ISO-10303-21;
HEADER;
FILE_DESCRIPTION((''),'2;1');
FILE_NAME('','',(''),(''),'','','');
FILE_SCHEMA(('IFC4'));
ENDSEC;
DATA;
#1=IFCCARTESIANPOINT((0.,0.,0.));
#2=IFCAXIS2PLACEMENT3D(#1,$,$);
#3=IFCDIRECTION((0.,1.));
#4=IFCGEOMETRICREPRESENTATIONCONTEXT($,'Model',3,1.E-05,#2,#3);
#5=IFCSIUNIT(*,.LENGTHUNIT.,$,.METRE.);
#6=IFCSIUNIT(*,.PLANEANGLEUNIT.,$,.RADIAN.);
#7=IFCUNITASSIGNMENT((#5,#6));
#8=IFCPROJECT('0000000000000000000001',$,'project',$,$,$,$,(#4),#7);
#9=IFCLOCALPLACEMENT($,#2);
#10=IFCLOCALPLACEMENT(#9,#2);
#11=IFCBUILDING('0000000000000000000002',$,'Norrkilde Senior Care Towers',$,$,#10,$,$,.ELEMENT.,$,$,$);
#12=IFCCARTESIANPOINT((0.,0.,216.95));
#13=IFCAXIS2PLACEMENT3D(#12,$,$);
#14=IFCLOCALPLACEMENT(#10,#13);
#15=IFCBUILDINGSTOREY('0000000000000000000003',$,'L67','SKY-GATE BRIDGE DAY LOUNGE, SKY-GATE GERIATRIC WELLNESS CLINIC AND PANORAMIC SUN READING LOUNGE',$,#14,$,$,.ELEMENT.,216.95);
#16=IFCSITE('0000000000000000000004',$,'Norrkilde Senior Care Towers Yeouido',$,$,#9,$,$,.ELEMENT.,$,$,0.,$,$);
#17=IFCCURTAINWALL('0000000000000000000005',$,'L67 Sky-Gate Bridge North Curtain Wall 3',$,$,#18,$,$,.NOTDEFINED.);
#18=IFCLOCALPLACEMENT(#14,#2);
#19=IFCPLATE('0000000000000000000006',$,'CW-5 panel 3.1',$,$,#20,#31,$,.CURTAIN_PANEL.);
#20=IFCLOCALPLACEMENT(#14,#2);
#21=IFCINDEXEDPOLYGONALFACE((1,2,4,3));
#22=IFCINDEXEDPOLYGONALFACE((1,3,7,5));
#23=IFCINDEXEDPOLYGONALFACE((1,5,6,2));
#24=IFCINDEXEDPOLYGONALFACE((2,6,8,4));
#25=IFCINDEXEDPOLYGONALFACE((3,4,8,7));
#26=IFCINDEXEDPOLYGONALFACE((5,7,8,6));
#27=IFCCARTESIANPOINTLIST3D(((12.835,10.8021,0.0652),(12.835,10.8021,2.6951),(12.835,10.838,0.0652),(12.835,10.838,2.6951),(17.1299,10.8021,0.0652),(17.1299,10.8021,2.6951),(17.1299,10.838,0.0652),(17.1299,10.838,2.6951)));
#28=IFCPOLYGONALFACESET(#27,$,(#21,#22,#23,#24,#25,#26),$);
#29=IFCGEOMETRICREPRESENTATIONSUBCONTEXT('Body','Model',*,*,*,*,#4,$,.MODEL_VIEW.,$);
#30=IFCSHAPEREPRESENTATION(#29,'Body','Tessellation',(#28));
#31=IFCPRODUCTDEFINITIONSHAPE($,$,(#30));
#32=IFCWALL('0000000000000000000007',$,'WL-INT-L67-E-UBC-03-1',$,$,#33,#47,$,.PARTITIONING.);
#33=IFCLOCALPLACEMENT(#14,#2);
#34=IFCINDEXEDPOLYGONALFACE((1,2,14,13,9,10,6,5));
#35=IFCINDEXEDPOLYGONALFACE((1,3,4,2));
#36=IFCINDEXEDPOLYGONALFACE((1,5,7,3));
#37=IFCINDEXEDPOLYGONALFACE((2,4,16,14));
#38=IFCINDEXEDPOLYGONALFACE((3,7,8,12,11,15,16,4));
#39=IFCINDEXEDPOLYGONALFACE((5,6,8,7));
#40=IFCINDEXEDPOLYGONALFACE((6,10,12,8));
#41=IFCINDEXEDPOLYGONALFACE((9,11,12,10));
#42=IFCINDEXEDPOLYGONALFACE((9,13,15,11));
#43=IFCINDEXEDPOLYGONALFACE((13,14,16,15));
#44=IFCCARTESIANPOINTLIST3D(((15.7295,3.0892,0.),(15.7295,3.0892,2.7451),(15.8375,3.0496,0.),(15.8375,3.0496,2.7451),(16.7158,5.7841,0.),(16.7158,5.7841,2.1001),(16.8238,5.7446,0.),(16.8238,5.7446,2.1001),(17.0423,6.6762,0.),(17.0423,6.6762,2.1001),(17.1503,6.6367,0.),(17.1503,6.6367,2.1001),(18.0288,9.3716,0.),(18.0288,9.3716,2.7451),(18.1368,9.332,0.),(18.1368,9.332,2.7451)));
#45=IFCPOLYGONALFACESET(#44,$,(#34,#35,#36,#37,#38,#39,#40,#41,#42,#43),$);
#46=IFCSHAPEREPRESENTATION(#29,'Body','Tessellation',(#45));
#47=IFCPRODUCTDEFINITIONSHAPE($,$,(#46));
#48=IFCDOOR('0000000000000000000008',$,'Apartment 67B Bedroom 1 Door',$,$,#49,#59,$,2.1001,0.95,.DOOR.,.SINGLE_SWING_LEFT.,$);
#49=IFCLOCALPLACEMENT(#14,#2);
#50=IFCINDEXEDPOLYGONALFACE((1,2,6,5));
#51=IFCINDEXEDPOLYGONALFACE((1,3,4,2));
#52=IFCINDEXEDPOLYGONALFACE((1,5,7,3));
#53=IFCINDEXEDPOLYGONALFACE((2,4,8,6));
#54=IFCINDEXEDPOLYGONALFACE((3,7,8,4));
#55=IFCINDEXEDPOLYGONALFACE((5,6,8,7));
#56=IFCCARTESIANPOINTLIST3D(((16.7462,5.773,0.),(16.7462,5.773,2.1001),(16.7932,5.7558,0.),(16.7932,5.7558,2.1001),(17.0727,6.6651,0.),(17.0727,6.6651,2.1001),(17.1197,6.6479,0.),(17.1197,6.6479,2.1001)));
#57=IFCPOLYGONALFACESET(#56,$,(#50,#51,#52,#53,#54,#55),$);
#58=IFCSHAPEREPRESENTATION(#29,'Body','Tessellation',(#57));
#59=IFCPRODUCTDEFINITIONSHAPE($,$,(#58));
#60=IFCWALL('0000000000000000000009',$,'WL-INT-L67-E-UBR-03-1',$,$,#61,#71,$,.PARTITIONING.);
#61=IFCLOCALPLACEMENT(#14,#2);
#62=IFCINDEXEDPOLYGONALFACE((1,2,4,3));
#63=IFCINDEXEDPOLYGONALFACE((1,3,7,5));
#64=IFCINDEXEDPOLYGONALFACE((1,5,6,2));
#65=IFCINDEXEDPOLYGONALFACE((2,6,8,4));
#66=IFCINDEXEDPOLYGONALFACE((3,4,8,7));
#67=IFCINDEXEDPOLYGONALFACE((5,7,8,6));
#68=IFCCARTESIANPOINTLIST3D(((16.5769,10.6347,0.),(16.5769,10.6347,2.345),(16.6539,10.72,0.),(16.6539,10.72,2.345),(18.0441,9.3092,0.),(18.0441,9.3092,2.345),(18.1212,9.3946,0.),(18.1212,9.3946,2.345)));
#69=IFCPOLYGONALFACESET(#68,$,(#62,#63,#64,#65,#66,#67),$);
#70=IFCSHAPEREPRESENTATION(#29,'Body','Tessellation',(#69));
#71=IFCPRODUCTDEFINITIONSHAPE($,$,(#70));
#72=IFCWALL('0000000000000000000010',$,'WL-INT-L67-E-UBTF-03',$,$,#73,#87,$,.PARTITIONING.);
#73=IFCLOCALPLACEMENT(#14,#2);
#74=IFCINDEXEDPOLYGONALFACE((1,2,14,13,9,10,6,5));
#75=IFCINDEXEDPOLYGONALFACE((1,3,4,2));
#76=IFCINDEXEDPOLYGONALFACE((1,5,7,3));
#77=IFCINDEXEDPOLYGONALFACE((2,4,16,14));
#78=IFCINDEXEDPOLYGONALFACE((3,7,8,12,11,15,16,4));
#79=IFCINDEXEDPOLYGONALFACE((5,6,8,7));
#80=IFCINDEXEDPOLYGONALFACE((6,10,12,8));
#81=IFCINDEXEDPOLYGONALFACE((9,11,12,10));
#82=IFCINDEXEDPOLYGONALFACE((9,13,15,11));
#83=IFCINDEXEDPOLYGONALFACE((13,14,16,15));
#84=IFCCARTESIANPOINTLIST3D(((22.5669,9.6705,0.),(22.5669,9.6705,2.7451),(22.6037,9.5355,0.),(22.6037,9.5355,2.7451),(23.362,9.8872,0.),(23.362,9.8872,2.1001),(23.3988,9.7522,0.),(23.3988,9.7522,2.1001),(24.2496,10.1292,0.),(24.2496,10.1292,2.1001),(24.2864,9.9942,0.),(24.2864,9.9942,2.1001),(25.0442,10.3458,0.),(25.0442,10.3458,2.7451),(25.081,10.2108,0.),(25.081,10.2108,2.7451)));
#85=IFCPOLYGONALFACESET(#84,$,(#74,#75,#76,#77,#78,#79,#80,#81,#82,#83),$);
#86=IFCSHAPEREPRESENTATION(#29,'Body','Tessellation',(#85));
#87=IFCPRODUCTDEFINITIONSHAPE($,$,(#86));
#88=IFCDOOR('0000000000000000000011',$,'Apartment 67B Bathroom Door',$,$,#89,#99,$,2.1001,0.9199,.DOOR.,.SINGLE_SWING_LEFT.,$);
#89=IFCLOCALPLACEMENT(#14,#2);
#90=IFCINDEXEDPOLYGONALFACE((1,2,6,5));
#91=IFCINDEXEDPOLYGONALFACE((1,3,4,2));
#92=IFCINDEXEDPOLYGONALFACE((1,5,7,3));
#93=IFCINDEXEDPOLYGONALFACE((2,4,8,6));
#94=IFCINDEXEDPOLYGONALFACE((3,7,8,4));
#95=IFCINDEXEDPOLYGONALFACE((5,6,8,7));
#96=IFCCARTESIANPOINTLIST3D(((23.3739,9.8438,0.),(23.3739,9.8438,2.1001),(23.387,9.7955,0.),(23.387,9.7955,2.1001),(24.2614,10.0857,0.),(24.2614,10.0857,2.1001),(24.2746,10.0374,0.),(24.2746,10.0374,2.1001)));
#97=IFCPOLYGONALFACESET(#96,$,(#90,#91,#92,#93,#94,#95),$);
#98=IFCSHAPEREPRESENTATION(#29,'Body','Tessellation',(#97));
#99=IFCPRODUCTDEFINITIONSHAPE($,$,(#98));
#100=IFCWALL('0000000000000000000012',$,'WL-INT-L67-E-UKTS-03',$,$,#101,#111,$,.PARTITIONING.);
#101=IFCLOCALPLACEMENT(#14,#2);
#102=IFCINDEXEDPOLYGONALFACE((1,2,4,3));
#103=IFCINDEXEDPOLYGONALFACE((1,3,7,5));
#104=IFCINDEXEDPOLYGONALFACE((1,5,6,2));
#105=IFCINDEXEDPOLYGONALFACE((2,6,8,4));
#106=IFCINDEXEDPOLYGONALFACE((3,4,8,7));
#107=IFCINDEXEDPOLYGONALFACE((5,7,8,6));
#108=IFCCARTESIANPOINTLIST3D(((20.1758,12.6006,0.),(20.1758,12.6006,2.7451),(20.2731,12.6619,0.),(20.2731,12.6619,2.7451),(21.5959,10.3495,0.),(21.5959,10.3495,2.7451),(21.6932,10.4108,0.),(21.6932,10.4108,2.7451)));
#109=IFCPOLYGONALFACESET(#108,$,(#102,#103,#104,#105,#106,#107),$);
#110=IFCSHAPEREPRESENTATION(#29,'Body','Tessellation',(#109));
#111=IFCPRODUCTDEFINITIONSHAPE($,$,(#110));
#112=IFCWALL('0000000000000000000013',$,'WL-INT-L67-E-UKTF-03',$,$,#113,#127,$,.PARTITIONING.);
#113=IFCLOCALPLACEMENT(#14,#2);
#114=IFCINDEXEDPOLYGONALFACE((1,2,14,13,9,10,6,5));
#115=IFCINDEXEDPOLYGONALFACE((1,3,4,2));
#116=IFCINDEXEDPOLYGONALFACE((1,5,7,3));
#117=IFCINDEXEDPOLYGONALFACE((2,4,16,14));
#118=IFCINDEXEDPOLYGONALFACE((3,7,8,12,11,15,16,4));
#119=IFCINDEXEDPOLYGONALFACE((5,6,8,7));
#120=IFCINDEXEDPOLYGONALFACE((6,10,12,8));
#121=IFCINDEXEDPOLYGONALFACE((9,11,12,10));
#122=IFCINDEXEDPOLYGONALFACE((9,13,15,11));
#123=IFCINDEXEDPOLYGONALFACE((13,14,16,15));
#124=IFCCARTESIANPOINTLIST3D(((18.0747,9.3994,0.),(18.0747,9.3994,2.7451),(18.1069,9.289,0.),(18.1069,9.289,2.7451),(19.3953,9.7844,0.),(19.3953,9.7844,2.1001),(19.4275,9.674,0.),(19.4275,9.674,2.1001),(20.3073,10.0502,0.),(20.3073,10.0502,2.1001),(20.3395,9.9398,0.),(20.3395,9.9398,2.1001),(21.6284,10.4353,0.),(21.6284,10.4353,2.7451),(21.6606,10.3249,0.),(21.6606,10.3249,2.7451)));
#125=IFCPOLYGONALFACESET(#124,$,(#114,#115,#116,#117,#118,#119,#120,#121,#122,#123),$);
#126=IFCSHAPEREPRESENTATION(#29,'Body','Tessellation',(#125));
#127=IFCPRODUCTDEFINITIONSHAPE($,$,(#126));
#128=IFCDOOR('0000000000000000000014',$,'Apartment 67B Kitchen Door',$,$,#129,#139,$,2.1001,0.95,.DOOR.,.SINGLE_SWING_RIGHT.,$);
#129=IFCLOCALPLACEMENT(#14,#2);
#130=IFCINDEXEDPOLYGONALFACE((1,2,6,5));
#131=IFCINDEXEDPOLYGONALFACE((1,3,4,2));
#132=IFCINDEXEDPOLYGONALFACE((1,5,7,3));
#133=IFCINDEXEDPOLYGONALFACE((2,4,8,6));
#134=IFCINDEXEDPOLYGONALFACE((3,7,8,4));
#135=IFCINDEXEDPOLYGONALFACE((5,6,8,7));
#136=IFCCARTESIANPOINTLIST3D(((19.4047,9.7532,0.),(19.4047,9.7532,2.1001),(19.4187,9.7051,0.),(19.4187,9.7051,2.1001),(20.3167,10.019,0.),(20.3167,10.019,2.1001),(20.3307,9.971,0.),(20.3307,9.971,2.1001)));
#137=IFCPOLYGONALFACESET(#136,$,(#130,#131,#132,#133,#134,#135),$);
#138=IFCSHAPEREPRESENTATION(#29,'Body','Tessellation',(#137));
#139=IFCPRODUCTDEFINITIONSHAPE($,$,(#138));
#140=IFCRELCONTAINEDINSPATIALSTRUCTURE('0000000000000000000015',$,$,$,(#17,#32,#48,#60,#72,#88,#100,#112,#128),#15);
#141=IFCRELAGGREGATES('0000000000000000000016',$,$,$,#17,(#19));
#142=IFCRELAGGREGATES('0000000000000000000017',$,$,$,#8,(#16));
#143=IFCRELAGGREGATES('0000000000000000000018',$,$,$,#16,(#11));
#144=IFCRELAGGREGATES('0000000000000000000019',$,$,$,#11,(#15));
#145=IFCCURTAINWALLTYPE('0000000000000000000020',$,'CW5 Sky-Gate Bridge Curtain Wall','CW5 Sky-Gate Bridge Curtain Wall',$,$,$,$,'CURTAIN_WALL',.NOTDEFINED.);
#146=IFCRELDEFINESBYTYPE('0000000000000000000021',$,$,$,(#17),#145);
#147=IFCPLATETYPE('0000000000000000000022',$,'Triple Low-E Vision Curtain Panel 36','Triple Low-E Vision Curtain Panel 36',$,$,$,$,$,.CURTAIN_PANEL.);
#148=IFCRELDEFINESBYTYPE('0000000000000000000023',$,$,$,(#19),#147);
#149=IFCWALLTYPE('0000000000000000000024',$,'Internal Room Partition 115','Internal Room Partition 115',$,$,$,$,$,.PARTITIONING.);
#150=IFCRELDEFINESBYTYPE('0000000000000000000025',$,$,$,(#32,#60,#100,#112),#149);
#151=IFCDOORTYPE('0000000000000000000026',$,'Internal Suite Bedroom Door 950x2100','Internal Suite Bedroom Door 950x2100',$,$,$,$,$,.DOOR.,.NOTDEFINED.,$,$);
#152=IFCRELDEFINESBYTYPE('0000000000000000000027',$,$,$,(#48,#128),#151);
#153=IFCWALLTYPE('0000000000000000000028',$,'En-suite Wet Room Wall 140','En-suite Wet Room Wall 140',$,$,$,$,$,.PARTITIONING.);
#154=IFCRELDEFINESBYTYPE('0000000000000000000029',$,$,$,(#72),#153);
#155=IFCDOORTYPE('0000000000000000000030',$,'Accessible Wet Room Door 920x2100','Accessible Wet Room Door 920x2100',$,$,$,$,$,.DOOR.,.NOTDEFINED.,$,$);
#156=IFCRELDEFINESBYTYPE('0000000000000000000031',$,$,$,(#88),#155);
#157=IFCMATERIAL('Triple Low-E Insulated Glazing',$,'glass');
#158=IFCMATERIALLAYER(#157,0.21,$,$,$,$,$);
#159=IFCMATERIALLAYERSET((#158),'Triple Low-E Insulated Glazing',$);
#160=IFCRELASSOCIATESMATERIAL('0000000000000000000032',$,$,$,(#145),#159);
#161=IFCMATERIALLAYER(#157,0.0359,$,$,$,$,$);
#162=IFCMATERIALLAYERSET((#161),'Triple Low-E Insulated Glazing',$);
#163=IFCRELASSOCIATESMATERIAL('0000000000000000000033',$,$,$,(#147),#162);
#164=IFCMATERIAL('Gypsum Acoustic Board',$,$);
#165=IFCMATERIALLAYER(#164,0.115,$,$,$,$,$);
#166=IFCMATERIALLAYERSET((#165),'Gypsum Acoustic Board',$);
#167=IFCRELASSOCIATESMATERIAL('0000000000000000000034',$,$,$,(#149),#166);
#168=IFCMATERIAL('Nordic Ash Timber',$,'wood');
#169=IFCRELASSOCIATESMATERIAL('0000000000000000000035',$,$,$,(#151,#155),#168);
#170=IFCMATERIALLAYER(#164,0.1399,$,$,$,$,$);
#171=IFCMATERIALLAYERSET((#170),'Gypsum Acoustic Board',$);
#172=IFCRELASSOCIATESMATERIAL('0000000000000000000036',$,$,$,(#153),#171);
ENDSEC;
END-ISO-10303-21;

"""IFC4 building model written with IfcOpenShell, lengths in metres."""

from ifc_helpers import new_model, si_unit, direction, frame, frame_2d, origin, origin_2d, place, context, subcontext, project, spatial, rectangle, extrude, source, transform, mapped, material, layer, layer_set, type_object, type_shapes, element, fill, aggregate, save


model = new_model("IFC4")

# Units and contexts
model_context = context("Model", 3, precision=1e-05, world=origin(), true_north=direction((0.0, 1.0)))
body_context = subcontext(model_context, "Body", "Model", "MODEL_VIEW")
ifc_project = project(units=[si_unit("LENGTHUNIT", "METRE"), si_unit("PLANEANGLEUNIT", "RADIAN")], contexts=[model_context])

# Site, building, storey
site_placement = place(None, origin())
site = spatial("IfcSite", under=ifc_project, at=site_placement, Name="Norrkilde Senior Care Towers Yeouido", CompositionType="ELEMENT", RefElevation=0.0)
building_placement = place(site_placement, origin())
building = spatial("IfcBuilding", under=site, at=building_placement, Name="Norrkilde Senior Care Towers", CompositionType="ELEMENT")
storey_placement = place(building_placement, frame((0.0, 0.0, 216.95)))
storey = spatial("IfcBuildingStorey", under=building, at=storey_placement, Name="L67", Description="SKY-GATE BRIDGE DAY LOUNGE, SKY-GATE GERIATRIC WELLNESS CLINIC AND PANORAMIC SUN READING LOUNGE", CompositionType="ELEMENT", Elevation=216.95)

# Shared definitions
ifc_material_1 = material(Name="Triple Low-E Insulated Glazing", Category="glass")

# Curtain wall
ifc_layer_1 = layer(ifc_material_1, 0.21)
ifc_layer_set_1 = layer_set([ifc_layer_1], Name="Triple Low-E Insulated Glazing")
curtain_wall_type_1 = type_object("IfcCurtainWallType", Name="CW5 Sky-Gate Bridge Curtain Wall", Description="CW5 Sky-Gate Bridge Curtain Wall", ElementType="CURTAIN_WALL", PredefinedType="NOTDEFINED", material=ifc_layer_set_1)
curtain_wall_1_placement = place(storey_placement, origin())
curtain_wall_1 = element("IfcCurtainWall", 1, at=curtain_wall_1_placement, inside=storey, type_object=curtain_wall_type_1, Name="L67 Sky-Gate Bridge North Curtain Wall 3", PredefinedType="NOTDEFINED")

# Plate
ifc_layer_2 = layer(ifc_material_1, 0.0359)
ifc_layer_set_2 = layer_set([ifc_layer_2], Name="Triple Low-E Insulated Glazing")
plate_type = type_object("IfcPlateType", Name="Triple Low-E Vision Curtain Panel 36", Description="Triple Low-E Vision Curtain Panel 36", PredefinedType="CURTAIN_PANEL", material=ifc_layer_set_2)
shared_shape_1 = source(origin(), body_context, "Body", "SweptSolid", [
    extrude(rectangle(XDim=4.2949, YDim=0.0359, at=origin_2d()), origin(), (0.0, 0.0, 1.0), 2.6299),
])
plate_1_placement = place(storey_placement, frame((14.9824, 10.8201, 0.0652), z_axis=(0.0, 0.0, 1.0), x_axis=(1.0, 0.0, 0.0)))
plate_1 = element("IfcPlate", 2, at=plate_1_placement, type_object=plate_type, Name="CW-5 panel 3.1", PredefinedType="CURTAIN_PANEL", context=body_context, shape_type="MappedRepresentation", body=[
    mapped(shared_shape_1, transform((0.0, 0.0, 0.0), x_axis=(1.0, 0.0, 0.0), y_axis=(0.0, 1.0, 0.0), z_axis=(0.0, 0.0, 1.0), scale=1.0)),
])
aggregate(curtain_wall_1, [plate_1])

# Wall, opening, door
ifc_material_2 = material(Name="Gypsum Acoustic Board")
ifc_layer_3 = layer(ifc_material_2, 0.115)
ifc_layer_set_3 = layer_set([ifc_layer_3], Name="Gypsum Acoustic Board")
wall_type_1 = type_object("IfcWallType", Name="Internal Room Partition 115", Description="Internal Room Partition 115", PredefinedType="PARTITIONING", material=ifc_layer_set_3)
shared_shape_2 = source(origin(), body_context, "Body", "SweptSolid", [
    extrude(rectangle(XDim=6.6899, YDim=0.115, at=frame_2d((3.345, 0.0))), origin(), (0.0, 0.0, 1.0), 2.7451),
])
wall_1_placement = place(storey_placement, frame((18.0828, 9.3518, 0.0), z_axis=(0.0, 0.0, 1.0), x_axis=(-0.343694, -0.939082, 0.0)))
wall_1 = element("IfcWall", 3, at=wall_1_placement, inside=storey, type_object=wall_type_1, Name="WL-INT-L67-E-UBC-03-1", PredefinedType="PARTITIONING", context=body_context, shape_type="MappedRepresentation", body=[
    mapped(shared_shape_2, transform((0.0, 0.0, 0.0), x_axis=(1.0, 0.0, 0.0), y_axis=(0.0, 1.0, 0.0), z_axis=(0.0, 0.0, 1.0), scale=1.0)),
])
opening_1_placement = place(wall_1_placement, frame((2.8701, 0.0, 0.0)))
opening_1 = element("IfcOpeningElement", 4, at=opening_1_placement, cuts=wall_1, PredefinedType="OPENING", context=body_context, shape_type="SweptSolid", body=[
    extrude(rectangle(XDim=0.95, YDim=2.1001, at=frame_2d((0.4751, 1.05))), frame((0.0, 0.0674, 0.0), z_axis=(0.0, -1.0, 0.0), x_axis=(1.0, 0.0, 0.0)), (0.0, 0.0, 1.0), 0.135),
])
ifc_material_3 = material(Name="Nordic Ash Timber", Category="wood")
door_type_1 = type_object("IfcDoorType", Name="Internal Suite Bedroom Door 950x2100", Description="Internal Suite Bedroom Door 950x2100", OperationType="NOTDEFINED", PredefinedType="DOOR", material=ifc_material_3)
shared_shape_3 = source(origin(), body_context, "Body", "SweptSolid", [
    extrude(rectangle(XDim=0.95, YDim=2.1001, at=frame_2d((0.4751, 1.05))), frame((0.0, 0.0249, 0.0), z_axis=(0.0, -1.0, 0.0), x_axis=(1.0, 0.0, 0.0)), (0.0, 0.0, 1.0), 0.05),
])
type_shapes(door_type_1, [shared_shape_3])
door_1_placement = place(opening_1_placement, origin())
door_1 = element("IfcDoor", 5, at=door_1_placement, inside=storey, type_object=door_type_1, Name="Apartment 67B Bedroom 1 Door", OperationType="SINGLE_SWING_LEFT", OverallHeight=2.1001, OverallWidth=0.95, PredefinedType="DOOR", context=body_context, shape_type="MappedRepresentation", body=[
    mapped(shared_shape_3, transform((0.0, 0.0, 0.0), x_axis=(1.0, 0.0, 0.0), y_axis=(0.0, 1.0, 0.0), z_axis=(0.0, 0.0, 1.0), scale=1.0)),
])
fill(opening_1, door_1)

# Wall
shared_shape_4 = source(origin(), body_context, "Body", "SweptSolid", [
    extrude(rectangle(XDim=1.9773, YDim=0.115, at=frame_2d((0.9888, 0.0))), origin(), (0.0, 0.0, 1.0), 2.345),
])
wall_2_placement = place(storey_placement, frame((18.0828, 9.3518, 0.0), z_axis=(0.0, 0.0, 1.0), x_axis=(-0.742065, 0.670328, 0.0)))
element("IfcWall", 6, at=wall_2_placement, inside=storey, type_object=wall_type_1, Name="WL-INT-L67-E-UBR-03-1", PredefinedType="PARTITIONING", context=body_context, shape_type="MappedRepresentation", body=[
    mapped(shared_shape_4, transform((0.0, 0.0, 0.0), x_axis=(1.0, 0.0, 0.0), y_axis=(0.0, 1.0, 0.0), z_axis=(0.0, 0.0, 1.0), scale=1.0)),
])

# Wall, opening, door
ifc_layer_4 = layer(ifc_material_2, 0.1399)
ifc_layer_set_4 = layer_set([ifc_layer_4], Name="Gypsum Acoustic Board")
wall_type_2 = type_object("IfcWallType", Name="En-suite Wet Room Wall 140", Description="En-suite Wet Room Wall 140", PredefinedType="PARTITIONING", material=ifc_layer_set_4)
shared_shape_5 = source(origin(), body_context, "Body", "SweptSolid", [
    extrude(rectangle(XDim=2.5676, YDim=0.1399, at=frame_2d((1.2837, 0.0))), origin(), (0.0, 0.0, 1.0), 2.7451),
])
type_shapes(wall_type_2, [shared_shape_5])
wall_3_placement = place(storey_placement, frame((22.5854, 9.603, 0.0), z_axis=(0.0, 0.0, 1.0), x_axis=(0.964797, 0.262997, 0.0)))
wall_3 = element("IfcWall", 7, at=wall_3_placement, inside=storey, type_object=wall_type_2, Name="WL-INT-L67-E-UBTF-03", PredefinedType="PARTITIONING", context=body_context, shape_type="MappedRepresentation", body=[
    mapped(shared_shape_5, transform((0.0, 0.0, 0.0), x_axis=(1.0, 0.0, 0.0), y_axis=(0.0, 1.0, 0.0), z_axis=(0.0, 0.0, 1.0), scale=1.0)),
])
opening_2_placement = place(wall_3_placement, frame((0.824, 0.0, 0.0)))
opening_2 = element("IfcOpeningElement", 8, at=opening_2_placement, cuts=wall_3, PredefinedType="OPENING", context=body_context, shape_type="SweptSolid", body=[
    extrude(rectangle(XDim=0.9199, YDim=2.1001, at=frame_2d((0.46, 1.05))), frame((0.0, 0.0798, 0.0), z_axis=(0.0, -1.0, 0.0), x_axis=(1.0, 0.0, 0.0)), (0.0, 0.0, 1.0), 0.1599),
])
door_type_2 = type_object("IfcDoorType", Name="Accessible Wet Room Door 920x2100", Description="Accessible Wet Room Door 920x2100", OperationType="NOTDEFINED", PredefinedType="DOOR", material=ifc_material_3)
shared_shape_6 = source(origin(), body_context, "Body", "SweptSolid", [
    extrude(rectangle(XDim=0.9199, YDim=2.1001, at=frame_2d((0.46, 1.05))), frame((0.0, 0.0249, 0.0), z_axis=(0.0, -1.0, 0.0), x_axis=(1.0, 0.0, 0.0)), (0.0, 0.0, 1.0), 0.05),
])
type_shapes(door_type_2, [shared_shape_6])
door_2_placement = place(opening_2_placement, origin())
door_2 = element("IfcDoor", 9, at=door_2_placement, inside=storey, type_object=door_type_2, Name="Apartment 67B Bathroom Door", OperationType="SINGLE_SWING_LEFT", OverallHeight=2.1001, OverallWidth=0.9199, PredefinedType="DOOR", context=body_context, shape_type="MappedRepresentation", body=[
    mapped(shared_shape_6, transform((0.0, 0.0, 0.0), x_axis=(1.0, 0.0, 0.0), y_axis=(0.0, 1.0, 0.0), z_axis=(0.0, 0.0, 1.0), scale=1.0)),
])
fill(opening_2, door_2)

# Wall
shared_shape_7 = source(origin(), body_context, "Body", "SweptSolid", [
    extrude(rectangle(XDim=2.6616, YDim=0.115, at=frame_2d((1.3308, 0.0))), origin(), (0.0, 0.0, 1.0), 2.7451),
])
wall_4_placement = place(storey_placement, frame((21.6445, 10.3801, 0.0), z_axis=(0.0, 0.0, 1.0), x_axis=(-0.533548, 0.84577, 0.0)))
element("IfcWall", 10, at=wall_4_placement, inside=storey, type_object=wall_type_1, Name="WL-INT-L67-E-UKTS-03", PredefinedType="PARTITIONING", context=body_context, shape_type="MappedRepresentation", body=[
    mapped(shared_shape_7, transform((0.0, 0.0, 0.0), x_axis=(1.0, 0.0, 0.0), y_axis=(0.0, 1.0, 0.0), z_axis=(0.0, 0.0, 1.0), scale=1.0)),
])

# Wall, opening, door
shared_shape_8 = source(origin(), body_context, "Body", "SweptSolid", [
    extrude(rectangle(XDim=3.7017, YDim=0.115, at=frame_2d((1.8508, 0.0))), origin(), (0.0, 0.0, 1.0), 2.7451),
])
type_shapes(wall_type_1, [shared_shape_2, shared_shape_4, shared_shape_7, shared_shape_8])
wall_5_placement = place(storey_placement, frame((21.6445, 10.3801, 0.0), z_axis=(0.0, 0.0, 1.0), x_axis=(-0.960044, -0.279848, 0.0)))
wall_5 = element("IfcWall", 11, at=wall_5_placement, inside=storey, type_object=wall_type_1, Name="WL-INT-L67-E-UKTF-03", PredefinedType="PARTITIONING", context=body_context, shape_type="MappedRepresentation", body=[
    mapped(shared_shape_8, transform((0.0, 0.0, 0.0), x_axis=(1.0, 0.0, 0.0), y_axis=(0.0, 1.0, 0.0), z_axis=(0.0, 0.0, 1.0), scale=1.0)),
])
opening_3_placement = place(wall_5_placement, frame((1.376, 0.0, 0.0)))
opening_3 = element("IfcOpeningElement", 12, at=opening_3_placement, cuts=wall_5, PredefinedType="OPENING", context=body_context, shape_type="SweptSolid", body=[
    extrude(rectangle(XDim=0.95, YDim=2.1001, at=frame_2d((0.4751, 1.05))), frame((0.0, 0.0674, 0.0), z_axis=(0.0, -1.0, 0.0), x_axis=(1.0, 0.0, 0.0)), (0.0, 0.0, 1.0), 0.135),
])
door_3_placement = place(opening_3_placement, frame((0.95, 0.0, 0.0), z_axis=(0.0, 0.0, 1.0), x_axis=(-1.0, 0.0, 0.0)))
door_3 = element("IfcDoor", 13, at=door_3_placement, inside=storey, type_object=door_type_1, Name="Apartment 67B Kitchen Door", OperationType="SINGLE_SWING_RIGHT", OverallHeight=2.1001, OverallWidth=0.95, PredefinedType="DOOR", context=body_context, shape_type="MappedRepresentation", body=[
    mapped(shared_shape_3, transform((0.0, 0.0, 0.0), x_axis=(1.0, 0.0, 0.0), y_axis=(0.0, 1.0, 0.0), z_axis=(0.0, 0.0, 1.0), scale=1.0)),
])
fill(opening_3, door_3)

save(model, "model.ifc")
